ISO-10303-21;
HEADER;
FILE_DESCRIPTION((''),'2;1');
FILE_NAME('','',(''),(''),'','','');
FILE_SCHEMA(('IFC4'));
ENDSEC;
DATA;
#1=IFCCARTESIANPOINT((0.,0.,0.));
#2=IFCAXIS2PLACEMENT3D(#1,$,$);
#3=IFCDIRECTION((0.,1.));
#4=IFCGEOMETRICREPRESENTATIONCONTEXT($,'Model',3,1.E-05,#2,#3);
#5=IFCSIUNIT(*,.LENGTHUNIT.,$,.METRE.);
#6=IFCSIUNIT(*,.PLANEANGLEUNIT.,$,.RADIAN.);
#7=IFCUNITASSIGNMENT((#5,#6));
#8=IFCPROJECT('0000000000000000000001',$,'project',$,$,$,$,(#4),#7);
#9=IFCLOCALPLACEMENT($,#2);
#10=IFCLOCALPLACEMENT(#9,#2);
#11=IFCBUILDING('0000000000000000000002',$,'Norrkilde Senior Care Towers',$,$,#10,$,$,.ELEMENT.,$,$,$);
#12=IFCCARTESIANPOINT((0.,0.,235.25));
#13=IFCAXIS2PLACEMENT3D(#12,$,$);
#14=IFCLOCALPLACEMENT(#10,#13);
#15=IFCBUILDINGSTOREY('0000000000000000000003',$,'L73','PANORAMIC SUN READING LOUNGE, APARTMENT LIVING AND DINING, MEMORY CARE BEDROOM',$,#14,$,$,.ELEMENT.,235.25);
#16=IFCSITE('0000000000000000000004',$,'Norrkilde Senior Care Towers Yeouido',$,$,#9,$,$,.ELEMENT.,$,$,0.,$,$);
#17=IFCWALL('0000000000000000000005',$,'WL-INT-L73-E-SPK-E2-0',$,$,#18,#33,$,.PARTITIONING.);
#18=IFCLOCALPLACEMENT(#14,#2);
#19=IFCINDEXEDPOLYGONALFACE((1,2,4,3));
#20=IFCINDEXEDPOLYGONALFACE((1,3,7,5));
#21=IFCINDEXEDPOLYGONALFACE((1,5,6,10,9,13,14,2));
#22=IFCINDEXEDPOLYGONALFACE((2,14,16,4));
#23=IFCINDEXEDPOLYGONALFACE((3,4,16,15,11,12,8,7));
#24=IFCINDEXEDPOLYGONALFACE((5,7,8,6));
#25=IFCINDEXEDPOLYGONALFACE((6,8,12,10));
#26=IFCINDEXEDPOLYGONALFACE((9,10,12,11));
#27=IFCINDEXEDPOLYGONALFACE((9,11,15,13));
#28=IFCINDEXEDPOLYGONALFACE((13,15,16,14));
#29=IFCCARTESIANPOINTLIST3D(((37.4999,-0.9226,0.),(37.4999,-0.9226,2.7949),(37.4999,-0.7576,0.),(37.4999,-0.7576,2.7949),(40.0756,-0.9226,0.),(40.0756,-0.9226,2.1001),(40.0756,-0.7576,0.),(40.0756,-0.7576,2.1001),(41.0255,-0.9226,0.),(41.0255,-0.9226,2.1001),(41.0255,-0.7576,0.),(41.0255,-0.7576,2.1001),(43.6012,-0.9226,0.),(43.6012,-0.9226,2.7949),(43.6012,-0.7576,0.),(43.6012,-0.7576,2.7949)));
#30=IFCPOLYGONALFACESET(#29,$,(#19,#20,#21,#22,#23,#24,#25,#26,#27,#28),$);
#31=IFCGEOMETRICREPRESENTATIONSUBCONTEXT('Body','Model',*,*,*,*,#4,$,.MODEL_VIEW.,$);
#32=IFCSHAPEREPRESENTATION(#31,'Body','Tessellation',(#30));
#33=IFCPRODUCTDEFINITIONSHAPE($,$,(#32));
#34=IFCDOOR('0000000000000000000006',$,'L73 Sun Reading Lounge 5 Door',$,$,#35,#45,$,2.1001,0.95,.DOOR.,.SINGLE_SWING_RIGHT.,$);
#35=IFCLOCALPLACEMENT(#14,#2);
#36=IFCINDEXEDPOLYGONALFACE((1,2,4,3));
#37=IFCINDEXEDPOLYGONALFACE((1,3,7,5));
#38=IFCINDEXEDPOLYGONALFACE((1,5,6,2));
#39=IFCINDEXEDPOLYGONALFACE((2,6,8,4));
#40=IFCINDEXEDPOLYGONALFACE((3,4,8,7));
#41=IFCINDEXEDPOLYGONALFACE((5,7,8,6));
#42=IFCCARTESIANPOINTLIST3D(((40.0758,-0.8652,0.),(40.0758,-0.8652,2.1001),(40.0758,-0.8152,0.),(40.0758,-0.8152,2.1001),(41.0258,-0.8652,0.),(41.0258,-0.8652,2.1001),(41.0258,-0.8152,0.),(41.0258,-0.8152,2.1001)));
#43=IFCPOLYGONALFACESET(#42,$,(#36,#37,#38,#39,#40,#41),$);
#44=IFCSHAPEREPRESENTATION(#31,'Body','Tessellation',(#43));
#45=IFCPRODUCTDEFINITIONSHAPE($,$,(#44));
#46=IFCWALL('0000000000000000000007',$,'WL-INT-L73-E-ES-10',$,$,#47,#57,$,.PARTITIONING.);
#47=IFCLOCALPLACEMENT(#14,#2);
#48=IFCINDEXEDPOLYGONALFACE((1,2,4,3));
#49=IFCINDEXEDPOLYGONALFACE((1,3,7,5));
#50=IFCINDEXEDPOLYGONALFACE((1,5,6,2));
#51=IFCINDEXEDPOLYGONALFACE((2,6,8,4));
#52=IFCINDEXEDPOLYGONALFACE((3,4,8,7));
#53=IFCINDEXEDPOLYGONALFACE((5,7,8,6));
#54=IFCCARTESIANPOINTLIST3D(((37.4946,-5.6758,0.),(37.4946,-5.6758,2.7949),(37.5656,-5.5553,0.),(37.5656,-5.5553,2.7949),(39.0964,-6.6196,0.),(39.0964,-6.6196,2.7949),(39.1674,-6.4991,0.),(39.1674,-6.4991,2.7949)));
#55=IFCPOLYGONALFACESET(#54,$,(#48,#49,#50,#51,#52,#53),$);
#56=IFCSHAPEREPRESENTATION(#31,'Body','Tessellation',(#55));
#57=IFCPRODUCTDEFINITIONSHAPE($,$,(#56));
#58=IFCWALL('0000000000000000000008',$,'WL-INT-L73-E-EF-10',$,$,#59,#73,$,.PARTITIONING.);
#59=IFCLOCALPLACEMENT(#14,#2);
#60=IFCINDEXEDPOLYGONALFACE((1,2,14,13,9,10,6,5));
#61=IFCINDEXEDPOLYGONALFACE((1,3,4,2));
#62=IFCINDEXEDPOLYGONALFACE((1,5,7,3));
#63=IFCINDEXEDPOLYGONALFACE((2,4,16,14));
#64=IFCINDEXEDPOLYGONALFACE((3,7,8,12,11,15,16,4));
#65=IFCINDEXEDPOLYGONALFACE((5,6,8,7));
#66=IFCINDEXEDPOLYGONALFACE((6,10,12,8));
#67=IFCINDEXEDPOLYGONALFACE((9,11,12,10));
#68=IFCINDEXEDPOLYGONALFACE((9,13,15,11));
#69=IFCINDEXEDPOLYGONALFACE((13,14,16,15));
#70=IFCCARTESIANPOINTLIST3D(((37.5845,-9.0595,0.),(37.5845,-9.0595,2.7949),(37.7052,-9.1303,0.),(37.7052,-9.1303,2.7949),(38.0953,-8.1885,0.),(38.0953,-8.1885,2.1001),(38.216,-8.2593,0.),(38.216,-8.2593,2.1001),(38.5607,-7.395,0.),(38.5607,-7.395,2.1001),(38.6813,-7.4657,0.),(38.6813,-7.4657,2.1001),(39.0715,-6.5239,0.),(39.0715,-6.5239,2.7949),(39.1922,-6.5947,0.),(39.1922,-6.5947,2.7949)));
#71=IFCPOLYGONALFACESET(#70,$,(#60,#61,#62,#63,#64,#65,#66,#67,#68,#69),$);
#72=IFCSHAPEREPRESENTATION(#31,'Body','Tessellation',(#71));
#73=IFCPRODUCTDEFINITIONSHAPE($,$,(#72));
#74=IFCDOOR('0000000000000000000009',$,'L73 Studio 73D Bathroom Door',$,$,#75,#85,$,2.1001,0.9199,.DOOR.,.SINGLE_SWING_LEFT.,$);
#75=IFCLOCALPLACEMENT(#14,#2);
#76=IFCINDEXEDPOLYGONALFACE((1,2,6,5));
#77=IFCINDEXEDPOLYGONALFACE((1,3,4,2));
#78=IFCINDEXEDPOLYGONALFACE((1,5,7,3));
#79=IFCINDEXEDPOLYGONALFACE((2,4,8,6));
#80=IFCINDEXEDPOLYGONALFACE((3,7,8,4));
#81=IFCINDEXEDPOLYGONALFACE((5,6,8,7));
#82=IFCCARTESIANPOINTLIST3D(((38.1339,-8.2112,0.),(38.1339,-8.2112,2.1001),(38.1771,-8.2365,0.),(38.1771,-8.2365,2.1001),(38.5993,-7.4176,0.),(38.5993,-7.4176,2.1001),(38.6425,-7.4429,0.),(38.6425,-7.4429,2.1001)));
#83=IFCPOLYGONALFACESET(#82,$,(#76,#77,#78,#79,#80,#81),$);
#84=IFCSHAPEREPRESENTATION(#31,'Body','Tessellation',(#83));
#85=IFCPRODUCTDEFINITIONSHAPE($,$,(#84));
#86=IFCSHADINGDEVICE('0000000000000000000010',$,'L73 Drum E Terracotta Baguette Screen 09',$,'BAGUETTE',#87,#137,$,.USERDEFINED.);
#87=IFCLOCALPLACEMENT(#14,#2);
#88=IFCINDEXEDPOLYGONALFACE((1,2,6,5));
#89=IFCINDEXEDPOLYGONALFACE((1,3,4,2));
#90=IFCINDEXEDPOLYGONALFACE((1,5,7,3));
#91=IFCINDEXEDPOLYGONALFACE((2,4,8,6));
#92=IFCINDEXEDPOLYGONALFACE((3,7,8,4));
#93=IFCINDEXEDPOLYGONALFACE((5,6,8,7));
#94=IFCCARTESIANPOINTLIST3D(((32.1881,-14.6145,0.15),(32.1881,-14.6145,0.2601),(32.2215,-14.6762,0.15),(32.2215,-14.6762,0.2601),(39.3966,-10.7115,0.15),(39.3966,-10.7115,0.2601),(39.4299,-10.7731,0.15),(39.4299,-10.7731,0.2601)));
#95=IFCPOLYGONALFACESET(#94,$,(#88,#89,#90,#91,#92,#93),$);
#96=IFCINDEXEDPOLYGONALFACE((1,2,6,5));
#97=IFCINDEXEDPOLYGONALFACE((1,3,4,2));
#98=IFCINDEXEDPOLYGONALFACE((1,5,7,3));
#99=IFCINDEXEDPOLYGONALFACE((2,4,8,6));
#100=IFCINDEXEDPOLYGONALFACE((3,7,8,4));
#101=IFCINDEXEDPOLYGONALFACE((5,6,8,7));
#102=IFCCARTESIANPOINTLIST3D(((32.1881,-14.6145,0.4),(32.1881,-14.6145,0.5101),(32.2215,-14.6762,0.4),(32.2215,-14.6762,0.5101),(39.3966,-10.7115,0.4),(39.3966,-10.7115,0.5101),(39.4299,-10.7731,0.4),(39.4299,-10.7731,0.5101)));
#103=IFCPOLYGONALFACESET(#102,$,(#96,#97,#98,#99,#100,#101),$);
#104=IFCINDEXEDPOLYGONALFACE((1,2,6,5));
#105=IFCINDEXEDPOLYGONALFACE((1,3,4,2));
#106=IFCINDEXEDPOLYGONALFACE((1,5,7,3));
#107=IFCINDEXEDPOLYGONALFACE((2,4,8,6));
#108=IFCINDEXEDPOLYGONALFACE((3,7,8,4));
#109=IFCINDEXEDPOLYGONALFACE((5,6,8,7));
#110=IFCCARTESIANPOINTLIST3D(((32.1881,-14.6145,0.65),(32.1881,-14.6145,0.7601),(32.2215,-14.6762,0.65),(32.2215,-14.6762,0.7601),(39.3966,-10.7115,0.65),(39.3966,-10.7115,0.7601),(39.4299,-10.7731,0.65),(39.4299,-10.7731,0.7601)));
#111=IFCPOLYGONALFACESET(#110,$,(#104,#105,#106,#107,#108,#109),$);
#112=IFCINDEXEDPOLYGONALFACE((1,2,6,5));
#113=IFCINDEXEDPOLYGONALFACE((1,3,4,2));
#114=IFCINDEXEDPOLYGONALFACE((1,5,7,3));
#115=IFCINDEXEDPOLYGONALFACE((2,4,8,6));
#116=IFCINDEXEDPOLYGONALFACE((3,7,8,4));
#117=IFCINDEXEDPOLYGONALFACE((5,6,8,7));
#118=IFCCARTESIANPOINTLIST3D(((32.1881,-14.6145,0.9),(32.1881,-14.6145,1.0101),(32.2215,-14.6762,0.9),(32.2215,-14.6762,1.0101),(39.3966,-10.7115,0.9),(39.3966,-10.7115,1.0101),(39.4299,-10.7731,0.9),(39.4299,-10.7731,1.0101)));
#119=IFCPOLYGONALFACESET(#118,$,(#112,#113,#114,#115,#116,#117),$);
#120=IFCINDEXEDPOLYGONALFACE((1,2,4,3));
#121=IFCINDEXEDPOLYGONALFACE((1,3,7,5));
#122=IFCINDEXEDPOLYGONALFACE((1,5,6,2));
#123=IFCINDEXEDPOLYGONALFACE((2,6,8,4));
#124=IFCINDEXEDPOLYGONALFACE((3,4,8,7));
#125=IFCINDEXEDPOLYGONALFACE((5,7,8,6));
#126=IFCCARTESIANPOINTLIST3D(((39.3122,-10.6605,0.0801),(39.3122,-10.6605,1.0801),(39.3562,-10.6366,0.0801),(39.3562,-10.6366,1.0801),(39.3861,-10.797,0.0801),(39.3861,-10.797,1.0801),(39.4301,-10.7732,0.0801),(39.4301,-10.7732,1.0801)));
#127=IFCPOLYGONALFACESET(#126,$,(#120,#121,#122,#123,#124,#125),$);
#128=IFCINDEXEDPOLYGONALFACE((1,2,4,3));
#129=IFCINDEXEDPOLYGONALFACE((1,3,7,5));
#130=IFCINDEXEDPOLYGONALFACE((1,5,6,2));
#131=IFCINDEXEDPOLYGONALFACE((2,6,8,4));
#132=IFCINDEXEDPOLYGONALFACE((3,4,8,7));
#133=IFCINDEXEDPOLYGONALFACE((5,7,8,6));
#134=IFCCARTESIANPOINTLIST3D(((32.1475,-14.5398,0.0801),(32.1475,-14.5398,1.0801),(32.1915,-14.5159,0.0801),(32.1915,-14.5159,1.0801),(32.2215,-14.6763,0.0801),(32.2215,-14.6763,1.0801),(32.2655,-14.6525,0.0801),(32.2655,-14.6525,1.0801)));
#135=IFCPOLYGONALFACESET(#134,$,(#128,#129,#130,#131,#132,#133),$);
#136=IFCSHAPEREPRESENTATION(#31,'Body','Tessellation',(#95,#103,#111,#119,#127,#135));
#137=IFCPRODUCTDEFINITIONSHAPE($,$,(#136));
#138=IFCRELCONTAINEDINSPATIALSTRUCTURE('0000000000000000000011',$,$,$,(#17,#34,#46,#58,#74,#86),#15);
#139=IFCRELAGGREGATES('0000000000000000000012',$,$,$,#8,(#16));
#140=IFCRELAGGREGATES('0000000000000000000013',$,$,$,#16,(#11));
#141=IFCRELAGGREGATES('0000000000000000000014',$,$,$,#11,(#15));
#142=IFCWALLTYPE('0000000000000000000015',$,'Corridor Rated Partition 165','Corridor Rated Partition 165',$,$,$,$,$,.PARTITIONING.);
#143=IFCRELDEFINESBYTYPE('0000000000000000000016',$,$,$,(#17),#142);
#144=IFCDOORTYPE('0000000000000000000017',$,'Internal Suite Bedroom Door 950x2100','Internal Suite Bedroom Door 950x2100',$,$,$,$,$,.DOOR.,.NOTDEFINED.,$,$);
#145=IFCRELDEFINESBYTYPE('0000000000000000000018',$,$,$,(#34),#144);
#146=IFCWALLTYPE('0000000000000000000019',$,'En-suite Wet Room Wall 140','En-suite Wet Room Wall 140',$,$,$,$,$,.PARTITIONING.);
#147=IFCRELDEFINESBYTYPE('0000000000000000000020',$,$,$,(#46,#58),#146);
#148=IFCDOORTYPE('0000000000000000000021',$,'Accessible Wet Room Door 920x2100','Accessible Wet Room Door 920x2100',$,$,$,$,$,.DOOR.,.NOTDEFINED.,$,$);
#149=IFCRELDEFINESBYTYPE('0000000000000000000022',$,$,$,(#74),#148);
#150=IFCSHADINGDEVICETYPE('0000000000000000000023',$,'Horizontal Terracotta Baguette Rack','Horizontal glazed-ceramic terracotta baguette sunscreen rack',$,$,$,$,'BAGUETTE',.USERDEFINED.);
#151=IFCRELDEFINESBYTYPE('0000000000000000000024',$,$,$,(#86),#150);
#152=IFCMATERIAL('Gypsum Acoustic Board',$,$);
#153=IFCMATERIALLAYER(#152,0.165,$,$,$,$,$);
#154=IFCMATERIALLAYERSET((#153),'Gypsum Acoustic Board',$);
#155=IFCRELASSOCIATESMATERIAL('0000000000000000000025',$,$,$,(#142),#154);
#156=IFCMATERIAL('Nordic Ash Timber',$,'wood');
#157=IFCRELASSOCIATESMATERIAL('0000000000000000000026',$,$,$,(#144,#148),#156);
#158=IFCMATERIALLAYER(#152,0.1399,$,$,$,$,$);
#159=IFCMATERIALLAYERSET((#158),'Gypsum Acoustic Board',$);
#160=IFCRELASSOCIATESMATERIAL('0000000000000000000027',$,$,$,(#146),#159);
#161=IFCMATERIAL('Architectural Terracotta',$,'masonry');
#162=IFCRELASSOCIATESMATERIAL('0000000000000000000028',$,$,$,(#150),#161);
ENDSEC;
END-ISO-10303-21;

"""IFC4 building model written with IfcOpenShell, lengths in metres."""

from ifc_helpers import new_model, si_unit, direction, frame, frame_2d, origin, origin_2d, place, context, subcontext, project, spatial, rectangle, extrude, source, transform, mapped, material, layer, layer_set, type_object, type_shapes, element, fill, save


model = new_model("IFC4")

# Units and contexts
model_context = context("Model", 3, precision=1e-05, world=origin(), true_north=direction((0.0, 1.0)))
body_context = subcontext(model_context, "Body", "Model", "MODEL_VIEW")
ifc_project = project(units=[si_unit("LENGTHUNIT", "METRE"), si_unit("PLANEANGLEUNIT", "RADIAN")], contexts=[model_context])

# Site, building, storey
site_placement = place(None, origin())
site = spatial("IfcSite", under=ifc_project, at=site_placement, Name="Norrkilde Senior Care Towers Yeouido", CompositionType="ELEMENT", RefElevation=0.0)
building_placement = place(site_placement, origin())
building = spatial("IfcBuilding", under=site, at=building_placement, Name="Norrkilde Senior Care Towers", CompositionType="ELEMENT")
storey_placement = place(building_placement, frame((0.0, 0.0, 235.25)))
storey = spatial("IfcBuildingStorey", under=building, at=storey_placement, Name="L73", Description="PANORAMIC SUN READING LOUNGE, APARTMENT LIVING AND DINING, MEMORY CARE BEDROOM", CompositionType="ELEMENT", Elevation=235.25)

# Shared definitions
ifc_material_1 = material(Name="Gypsum Acoustic Board")
ifc_layer_1 = layer(ifc_material_1, 0.165)
ifc_layer_set_1 = layer_set([ifc_layer_1], Name="Gypsum Acoustic Board")
wall_type_1 = type_object("IfcWallType", Name="Corridor Rated Partition 165", Description="Corridor Rated Partition 165", PredefinedType="PARTITIONING", material=ifc_layer_set_1)
ifc_material_2 = material(Name="Nordic Ash Timber", Category="wood")

# Wall, opening, door
shared_shape_1 = source(origin(), body_context, "Body", "SweptSolid", [
    extrude(rectangle(XDim=6.1013, YDim=0.165, at=frame_2d((3.0508, 0.0))), origin(), (0.0, 0.0, 1.0), 2.7949),
])
wall_1_placement = place(storey_placement, frame((43.6013, -0.8401, 0.0), z_axis=(0.0, 0.0, 1.0), x_axis=(-1.0, 0.0, 0.0)))
wall_1 = element("IfcWall", 1, at=wall_1_placement, inside=storey, type_object=wall_type_1, Name="WL-INT-L73-E-SPK-E2-0", PredefinedType="PARTITIONING", context=body_context, shape_type="MappedRepresentation", body=[
    mapped(shared_shape_1, transform((0.0, 0.0, 0.0), x_axis=(1.0, 0.0, 0.0), y_axis=(0.0, 1.0, 0.0), z_axis=(0.0, 0.0, 1.0), scale=1.0)),
])
opening_1_placement = place(wall_1_placement, frame((2.5757, 0.0, 0.0)))
opening_1 = element("IfcOpeningElement", 2, at=opening_1_placement, cuts=wall_1, PredefinedType="OPENING", context=body_context, shape_type="SweptSolid", body=[
    extrude(rectangle(XDim=0.95, YDim=2.1001, at=frame_2d((0.4751, 1.05))), frame((0.0, 0.0925, 0.0), z_axis=(0.0, -1.0, 0.0), x_axis=(1.0, 0.0, 0.0)), (0.0, 0.0, 1.0), 0.1851),
])
door_type_1 = type_object("IfcDoorType", Name="Internal Suite Bedroom Door 950x2100", Description="Internal Suite Bedroom Door 950x2100", OperationType="NOTDEFINED", PredefinedType="DOOR", material=ifc_material_2)
shared_shape_2 = source(origin(), body_context, "Body", "SweptSolid", [
    extrude(rectangle(XDim=0.95, YDim=2.1001, at=frame_2d((0.4751, 1.05))), frame((0.0, 0.0249, 0.0), z_axis=(0.0, -1.0, 0.0), x_axis=(1.0, 0.0, 0.0)), (0.0, 0.0, 1.0), 0.05),
])
type_shapes(door_type_1, [shared_shape_2])
door_1_placement = place(opening_1_placement, frame((0.95, 0.0, 0.0), z_axis=(0.0, 0.0, 1.0), x_axis=(-1.0, 0.0, 0.0)))
door_1 = element("IfcDoor", 3, at=door_1_placement, inside=storey, type_object=door_type_1, Name="L73 Sun Reading Lounge 5 Door", OperationType="SINGLE_SWING_RIGHT", OverallHeight=2.1001, OverallWidth=0.95, PredefinedType="DOOR", context=body_context, shape_type="MappedRepresentation", body=[
    mapped(shared_shape_2, transform((0.0, 0.0, 0.0), x_axis=(1.0, 0.0, 0.0), y_axis=(0.0, 1.0, 0.0), z_axis=(0.0, 0.0, 1.0), scale=1.0)),
])
fill(opening_1, door_1)

# Wall
ifc_layer_2 = layer(ifc_material_1, 0.1399)
ifc_layer_set_2 = layer_set([ifc_layer_2], Name="Gypsum Acoustic Board")
wall_type_2 = type_object("IfcWallType", Name="En-suite Wet Room Wall 140", Description="En-suite Wet Room Wall 140", PredefinedType="PARTITIONING", material=ifc_layer_set_2)
shared_shape_3 = source(origin(), body_context, "Body", "SweptSolid", [
    extrude(rectangle(XDim=1.8591, YDim=0.1399, at=frame_2d((0.9297, 0.0))), origin(), (0.0, 0.0, 1.0), 2.7949),
])
wall_2_placement = place(storey_placement, frame((37.53, -5.6155, 0.0), z_axis=(0.0, 0.0, 1.0), x_axis=(0.861556, -0.507663, 0.0)))
element("IfcWall", 4, at=wall_2_placement, inside=storey, type_object=wall_type_2, Name="WL-INT-L73-E-ES-10", PredefinedType="PARTITIONING", context=body_context, shape_type="MappedRepresentation", body=[
    mapped(shared_shape_3, transform((0.0, 0.0, 0.0), x_axis=(1.0, 0.0, 0.0), y_axis=(0.0, 1.0, 0.0), z_axis=(0.0, 0.0, 1.0), scale=1.0)),
])

# Wall, opening, door
shared_shape_4 = source(origin(), body_context, "Body", "SweptSolid", [
    extrude(rectangle(XDim=2.9395, YDim=0.1399, at=frame_2d((1.4697, 0.0))), origin(), (0.0, 0.0, 1.0), 2.7949),
])
type_shapes(wall_type_2, [shared_shape_3, shared_shape_4])
wall_3_placement = place(storey_placement, frame((39.1318, -6.5593, 0.0), z_axis=(0.0, 0.0, 1.0), x_axis=(-0.505884, -0.862602, 0.0)))
wall_3 = element("IfcWall", 5, at=wall_3_placement, inside=storey, type_object=wall_type_2, Name="WL-INT-L73-E-EF-10", PredefinedType="PARTITIONING", context=body_context, shape_type="MappedRepresentation", body=[
    mapped(shared_shape_4, transform((0.0, 0.0, 0.0), x_axis=(1.0, 0.0, 0.0), y_axis=(0.0, 1.0, 0.0), z_axis=(0.0, 0.0, 1.0), scale=1.0)),
])
opening_2_placement = place(wall_3_placement, frame((1.0098, 0.0, 0.0)))
opening_2 = element("IfcOpeningElement", 6, at=opening_2_placement, cuts=wall_3, PredefinedType="OPENING", context=body_context, shape_type="SweptSolid", body=[
    extrude(rectangle(XDim=0.9199, YDim=2.1001, at=frame_2d((0.46, 1.05))), frame((0.0, 0.0798, 0.0), z_axis=(0.0, -1.0, 0.0), x_axis=(1.0, 0.0, 0.0)), (0.0, 0.0, 1.0), 0.1599),
])
door_type_2 = type_object("IfcDoorType", Name="Accessible Wet Room Door 920x2100", Description="Accessible Wet Room Door 920x2100", OperationType="NOTDEFINED", PredefinedType="DOOR", material=ifc_material_2)
shared_shape_5 = source(origin(), body_context, "Body", "SweptSolid", [
    extrude(rectangle(XDim=0.9199, YDim=2.1001, at=frame_2d((0.46, 1.05))), frame((0.0, 0.0249, 0.0), z_axis=(0.0, -1.0, 0.0), x_axis=(1.0, 0.0, 0.0)), (0.0, 0.0, 1.0), 0.05),
])
type_shapes(door_type_2, [shared_shape_5])
door_2_placement = place(opening_2_placement, origin())
door_2 = element("IfcDoor", 7, at=door_2_placement, inside=storey, type_object=door_type_2, Name="L73 Studio 73D Bathroom Door", OperationType="SINGLE_SWING_LEFT", OverallHeight=2.1001, OverallWidth=0.9199, PredefinedType="DOOR", context=body_context, shape_type="MappedRepresentation", body=[
    mapped(shared_shape_5, transform((0.0, 0.0, 0.0), x_axis=(1.0, 0.0, 0.0), y_axis=(0.0, 1.0, 0.0), z_axis=(0.0, 0.0, 1.0), scale=1.0)),
])
fill(opening_2, door_2)

# Shading device
ifc_material_3 = material(Name="Architectural Terracotta", Category="masonry")
shading_device_type = type_object("IfcShadingDeviceType", Name="Horizontal Terracotta Baguette Rack", Description="Horizontal glazed-ceramic terracotta baguette sunscreen rack", ElementType="BAGUETTE", PredefinedType="USERDEFINED", material=ifc_material_3)
shared_shape_6 = source(origin(), body_context, "Body", "SweptSolid", [
    extrude(rectangle(XDim=0.0701, YDim=0.1101, at=origin_2d()), frame((0.0, 0.0901, 0.125), z_axis=(1.0, 0.0, 0.0), x_axis=(0.0, 1.0, 0.0)), (0.0, 0.0, 1.0), 8.1973),
    extrude(rectangle(XDim=0.0701, YDim=0.1101, at=origin_2d()), frame((0.0, 0.0901, 0.375), z_axis=(1.0, 0.0, 0.0), x_axis=(0.0, 1.0, 0.0)), (0.0, 0.0, 1.0), 8.1973),
    extrude(rectangle(XDim=0.0701, YDim=0.1101, at=origin_2d()), frame((0.0, 0.0901, 0.625), z_axis=(1.0, 0.0, 0.0), x_axis=(0.0, 1.0, 0.0)), (0.0, 0.0, 1.0), 8.1973),
    extrude(rectangle(XDim=0.0701, YDim=0.1101, at=origin_2d()), frame((0.0, 0.0901, 0.875), z_axis=(1.0, 0.0, 0.0), x_axis=(0.0, 1.0, 0.0)), (0.0, 0.0, 1.0), 8.1973),
    extrude(rectangle(XDim=0.05, YDim=0.1553, at=origin_2d()), frame((0.0249, 0.0476, 0.0)), (0.0, 0.0, 1.0), 1.0),
    extrude(rectangle(XDim=0.05, YDim=0.1553, at=origin_2d()), frame((8.1724, 0.0476, 0.0)), (0.0, 0.0, 1.0), 1.0),
])
type_shapes(shading_device_type, [shared_shape_6])
shading_device_placement = place(storey_placement, frame((39.3704, -10.6631, 0.0801), z_axis=(0.0, 0.0, 1.0), x_axis=(-0.879378, -0.476144, 0.0)))
element("IfcShadingDevice", 8, at=shading_device_placement, inside=storey, type_object=shading_device_type, Name="L73 Drum E Terracotta Baguette Screen 09", ObjectType="BAGUETTE", PredefinedType="USERDEFINED", context=body_context, shape_type="MappedRepresentation", body=[
    mapped(shared_shape_6, transform((0.0, 0.0, 0.0), x_axis=(1.0, 0.0, 0.0), y_axis=(0.0, 1.0, 0.0), z_axis=(0.0, 0.0, 1.0), scale=1.0)),
])

save(model, "model.ifc")
